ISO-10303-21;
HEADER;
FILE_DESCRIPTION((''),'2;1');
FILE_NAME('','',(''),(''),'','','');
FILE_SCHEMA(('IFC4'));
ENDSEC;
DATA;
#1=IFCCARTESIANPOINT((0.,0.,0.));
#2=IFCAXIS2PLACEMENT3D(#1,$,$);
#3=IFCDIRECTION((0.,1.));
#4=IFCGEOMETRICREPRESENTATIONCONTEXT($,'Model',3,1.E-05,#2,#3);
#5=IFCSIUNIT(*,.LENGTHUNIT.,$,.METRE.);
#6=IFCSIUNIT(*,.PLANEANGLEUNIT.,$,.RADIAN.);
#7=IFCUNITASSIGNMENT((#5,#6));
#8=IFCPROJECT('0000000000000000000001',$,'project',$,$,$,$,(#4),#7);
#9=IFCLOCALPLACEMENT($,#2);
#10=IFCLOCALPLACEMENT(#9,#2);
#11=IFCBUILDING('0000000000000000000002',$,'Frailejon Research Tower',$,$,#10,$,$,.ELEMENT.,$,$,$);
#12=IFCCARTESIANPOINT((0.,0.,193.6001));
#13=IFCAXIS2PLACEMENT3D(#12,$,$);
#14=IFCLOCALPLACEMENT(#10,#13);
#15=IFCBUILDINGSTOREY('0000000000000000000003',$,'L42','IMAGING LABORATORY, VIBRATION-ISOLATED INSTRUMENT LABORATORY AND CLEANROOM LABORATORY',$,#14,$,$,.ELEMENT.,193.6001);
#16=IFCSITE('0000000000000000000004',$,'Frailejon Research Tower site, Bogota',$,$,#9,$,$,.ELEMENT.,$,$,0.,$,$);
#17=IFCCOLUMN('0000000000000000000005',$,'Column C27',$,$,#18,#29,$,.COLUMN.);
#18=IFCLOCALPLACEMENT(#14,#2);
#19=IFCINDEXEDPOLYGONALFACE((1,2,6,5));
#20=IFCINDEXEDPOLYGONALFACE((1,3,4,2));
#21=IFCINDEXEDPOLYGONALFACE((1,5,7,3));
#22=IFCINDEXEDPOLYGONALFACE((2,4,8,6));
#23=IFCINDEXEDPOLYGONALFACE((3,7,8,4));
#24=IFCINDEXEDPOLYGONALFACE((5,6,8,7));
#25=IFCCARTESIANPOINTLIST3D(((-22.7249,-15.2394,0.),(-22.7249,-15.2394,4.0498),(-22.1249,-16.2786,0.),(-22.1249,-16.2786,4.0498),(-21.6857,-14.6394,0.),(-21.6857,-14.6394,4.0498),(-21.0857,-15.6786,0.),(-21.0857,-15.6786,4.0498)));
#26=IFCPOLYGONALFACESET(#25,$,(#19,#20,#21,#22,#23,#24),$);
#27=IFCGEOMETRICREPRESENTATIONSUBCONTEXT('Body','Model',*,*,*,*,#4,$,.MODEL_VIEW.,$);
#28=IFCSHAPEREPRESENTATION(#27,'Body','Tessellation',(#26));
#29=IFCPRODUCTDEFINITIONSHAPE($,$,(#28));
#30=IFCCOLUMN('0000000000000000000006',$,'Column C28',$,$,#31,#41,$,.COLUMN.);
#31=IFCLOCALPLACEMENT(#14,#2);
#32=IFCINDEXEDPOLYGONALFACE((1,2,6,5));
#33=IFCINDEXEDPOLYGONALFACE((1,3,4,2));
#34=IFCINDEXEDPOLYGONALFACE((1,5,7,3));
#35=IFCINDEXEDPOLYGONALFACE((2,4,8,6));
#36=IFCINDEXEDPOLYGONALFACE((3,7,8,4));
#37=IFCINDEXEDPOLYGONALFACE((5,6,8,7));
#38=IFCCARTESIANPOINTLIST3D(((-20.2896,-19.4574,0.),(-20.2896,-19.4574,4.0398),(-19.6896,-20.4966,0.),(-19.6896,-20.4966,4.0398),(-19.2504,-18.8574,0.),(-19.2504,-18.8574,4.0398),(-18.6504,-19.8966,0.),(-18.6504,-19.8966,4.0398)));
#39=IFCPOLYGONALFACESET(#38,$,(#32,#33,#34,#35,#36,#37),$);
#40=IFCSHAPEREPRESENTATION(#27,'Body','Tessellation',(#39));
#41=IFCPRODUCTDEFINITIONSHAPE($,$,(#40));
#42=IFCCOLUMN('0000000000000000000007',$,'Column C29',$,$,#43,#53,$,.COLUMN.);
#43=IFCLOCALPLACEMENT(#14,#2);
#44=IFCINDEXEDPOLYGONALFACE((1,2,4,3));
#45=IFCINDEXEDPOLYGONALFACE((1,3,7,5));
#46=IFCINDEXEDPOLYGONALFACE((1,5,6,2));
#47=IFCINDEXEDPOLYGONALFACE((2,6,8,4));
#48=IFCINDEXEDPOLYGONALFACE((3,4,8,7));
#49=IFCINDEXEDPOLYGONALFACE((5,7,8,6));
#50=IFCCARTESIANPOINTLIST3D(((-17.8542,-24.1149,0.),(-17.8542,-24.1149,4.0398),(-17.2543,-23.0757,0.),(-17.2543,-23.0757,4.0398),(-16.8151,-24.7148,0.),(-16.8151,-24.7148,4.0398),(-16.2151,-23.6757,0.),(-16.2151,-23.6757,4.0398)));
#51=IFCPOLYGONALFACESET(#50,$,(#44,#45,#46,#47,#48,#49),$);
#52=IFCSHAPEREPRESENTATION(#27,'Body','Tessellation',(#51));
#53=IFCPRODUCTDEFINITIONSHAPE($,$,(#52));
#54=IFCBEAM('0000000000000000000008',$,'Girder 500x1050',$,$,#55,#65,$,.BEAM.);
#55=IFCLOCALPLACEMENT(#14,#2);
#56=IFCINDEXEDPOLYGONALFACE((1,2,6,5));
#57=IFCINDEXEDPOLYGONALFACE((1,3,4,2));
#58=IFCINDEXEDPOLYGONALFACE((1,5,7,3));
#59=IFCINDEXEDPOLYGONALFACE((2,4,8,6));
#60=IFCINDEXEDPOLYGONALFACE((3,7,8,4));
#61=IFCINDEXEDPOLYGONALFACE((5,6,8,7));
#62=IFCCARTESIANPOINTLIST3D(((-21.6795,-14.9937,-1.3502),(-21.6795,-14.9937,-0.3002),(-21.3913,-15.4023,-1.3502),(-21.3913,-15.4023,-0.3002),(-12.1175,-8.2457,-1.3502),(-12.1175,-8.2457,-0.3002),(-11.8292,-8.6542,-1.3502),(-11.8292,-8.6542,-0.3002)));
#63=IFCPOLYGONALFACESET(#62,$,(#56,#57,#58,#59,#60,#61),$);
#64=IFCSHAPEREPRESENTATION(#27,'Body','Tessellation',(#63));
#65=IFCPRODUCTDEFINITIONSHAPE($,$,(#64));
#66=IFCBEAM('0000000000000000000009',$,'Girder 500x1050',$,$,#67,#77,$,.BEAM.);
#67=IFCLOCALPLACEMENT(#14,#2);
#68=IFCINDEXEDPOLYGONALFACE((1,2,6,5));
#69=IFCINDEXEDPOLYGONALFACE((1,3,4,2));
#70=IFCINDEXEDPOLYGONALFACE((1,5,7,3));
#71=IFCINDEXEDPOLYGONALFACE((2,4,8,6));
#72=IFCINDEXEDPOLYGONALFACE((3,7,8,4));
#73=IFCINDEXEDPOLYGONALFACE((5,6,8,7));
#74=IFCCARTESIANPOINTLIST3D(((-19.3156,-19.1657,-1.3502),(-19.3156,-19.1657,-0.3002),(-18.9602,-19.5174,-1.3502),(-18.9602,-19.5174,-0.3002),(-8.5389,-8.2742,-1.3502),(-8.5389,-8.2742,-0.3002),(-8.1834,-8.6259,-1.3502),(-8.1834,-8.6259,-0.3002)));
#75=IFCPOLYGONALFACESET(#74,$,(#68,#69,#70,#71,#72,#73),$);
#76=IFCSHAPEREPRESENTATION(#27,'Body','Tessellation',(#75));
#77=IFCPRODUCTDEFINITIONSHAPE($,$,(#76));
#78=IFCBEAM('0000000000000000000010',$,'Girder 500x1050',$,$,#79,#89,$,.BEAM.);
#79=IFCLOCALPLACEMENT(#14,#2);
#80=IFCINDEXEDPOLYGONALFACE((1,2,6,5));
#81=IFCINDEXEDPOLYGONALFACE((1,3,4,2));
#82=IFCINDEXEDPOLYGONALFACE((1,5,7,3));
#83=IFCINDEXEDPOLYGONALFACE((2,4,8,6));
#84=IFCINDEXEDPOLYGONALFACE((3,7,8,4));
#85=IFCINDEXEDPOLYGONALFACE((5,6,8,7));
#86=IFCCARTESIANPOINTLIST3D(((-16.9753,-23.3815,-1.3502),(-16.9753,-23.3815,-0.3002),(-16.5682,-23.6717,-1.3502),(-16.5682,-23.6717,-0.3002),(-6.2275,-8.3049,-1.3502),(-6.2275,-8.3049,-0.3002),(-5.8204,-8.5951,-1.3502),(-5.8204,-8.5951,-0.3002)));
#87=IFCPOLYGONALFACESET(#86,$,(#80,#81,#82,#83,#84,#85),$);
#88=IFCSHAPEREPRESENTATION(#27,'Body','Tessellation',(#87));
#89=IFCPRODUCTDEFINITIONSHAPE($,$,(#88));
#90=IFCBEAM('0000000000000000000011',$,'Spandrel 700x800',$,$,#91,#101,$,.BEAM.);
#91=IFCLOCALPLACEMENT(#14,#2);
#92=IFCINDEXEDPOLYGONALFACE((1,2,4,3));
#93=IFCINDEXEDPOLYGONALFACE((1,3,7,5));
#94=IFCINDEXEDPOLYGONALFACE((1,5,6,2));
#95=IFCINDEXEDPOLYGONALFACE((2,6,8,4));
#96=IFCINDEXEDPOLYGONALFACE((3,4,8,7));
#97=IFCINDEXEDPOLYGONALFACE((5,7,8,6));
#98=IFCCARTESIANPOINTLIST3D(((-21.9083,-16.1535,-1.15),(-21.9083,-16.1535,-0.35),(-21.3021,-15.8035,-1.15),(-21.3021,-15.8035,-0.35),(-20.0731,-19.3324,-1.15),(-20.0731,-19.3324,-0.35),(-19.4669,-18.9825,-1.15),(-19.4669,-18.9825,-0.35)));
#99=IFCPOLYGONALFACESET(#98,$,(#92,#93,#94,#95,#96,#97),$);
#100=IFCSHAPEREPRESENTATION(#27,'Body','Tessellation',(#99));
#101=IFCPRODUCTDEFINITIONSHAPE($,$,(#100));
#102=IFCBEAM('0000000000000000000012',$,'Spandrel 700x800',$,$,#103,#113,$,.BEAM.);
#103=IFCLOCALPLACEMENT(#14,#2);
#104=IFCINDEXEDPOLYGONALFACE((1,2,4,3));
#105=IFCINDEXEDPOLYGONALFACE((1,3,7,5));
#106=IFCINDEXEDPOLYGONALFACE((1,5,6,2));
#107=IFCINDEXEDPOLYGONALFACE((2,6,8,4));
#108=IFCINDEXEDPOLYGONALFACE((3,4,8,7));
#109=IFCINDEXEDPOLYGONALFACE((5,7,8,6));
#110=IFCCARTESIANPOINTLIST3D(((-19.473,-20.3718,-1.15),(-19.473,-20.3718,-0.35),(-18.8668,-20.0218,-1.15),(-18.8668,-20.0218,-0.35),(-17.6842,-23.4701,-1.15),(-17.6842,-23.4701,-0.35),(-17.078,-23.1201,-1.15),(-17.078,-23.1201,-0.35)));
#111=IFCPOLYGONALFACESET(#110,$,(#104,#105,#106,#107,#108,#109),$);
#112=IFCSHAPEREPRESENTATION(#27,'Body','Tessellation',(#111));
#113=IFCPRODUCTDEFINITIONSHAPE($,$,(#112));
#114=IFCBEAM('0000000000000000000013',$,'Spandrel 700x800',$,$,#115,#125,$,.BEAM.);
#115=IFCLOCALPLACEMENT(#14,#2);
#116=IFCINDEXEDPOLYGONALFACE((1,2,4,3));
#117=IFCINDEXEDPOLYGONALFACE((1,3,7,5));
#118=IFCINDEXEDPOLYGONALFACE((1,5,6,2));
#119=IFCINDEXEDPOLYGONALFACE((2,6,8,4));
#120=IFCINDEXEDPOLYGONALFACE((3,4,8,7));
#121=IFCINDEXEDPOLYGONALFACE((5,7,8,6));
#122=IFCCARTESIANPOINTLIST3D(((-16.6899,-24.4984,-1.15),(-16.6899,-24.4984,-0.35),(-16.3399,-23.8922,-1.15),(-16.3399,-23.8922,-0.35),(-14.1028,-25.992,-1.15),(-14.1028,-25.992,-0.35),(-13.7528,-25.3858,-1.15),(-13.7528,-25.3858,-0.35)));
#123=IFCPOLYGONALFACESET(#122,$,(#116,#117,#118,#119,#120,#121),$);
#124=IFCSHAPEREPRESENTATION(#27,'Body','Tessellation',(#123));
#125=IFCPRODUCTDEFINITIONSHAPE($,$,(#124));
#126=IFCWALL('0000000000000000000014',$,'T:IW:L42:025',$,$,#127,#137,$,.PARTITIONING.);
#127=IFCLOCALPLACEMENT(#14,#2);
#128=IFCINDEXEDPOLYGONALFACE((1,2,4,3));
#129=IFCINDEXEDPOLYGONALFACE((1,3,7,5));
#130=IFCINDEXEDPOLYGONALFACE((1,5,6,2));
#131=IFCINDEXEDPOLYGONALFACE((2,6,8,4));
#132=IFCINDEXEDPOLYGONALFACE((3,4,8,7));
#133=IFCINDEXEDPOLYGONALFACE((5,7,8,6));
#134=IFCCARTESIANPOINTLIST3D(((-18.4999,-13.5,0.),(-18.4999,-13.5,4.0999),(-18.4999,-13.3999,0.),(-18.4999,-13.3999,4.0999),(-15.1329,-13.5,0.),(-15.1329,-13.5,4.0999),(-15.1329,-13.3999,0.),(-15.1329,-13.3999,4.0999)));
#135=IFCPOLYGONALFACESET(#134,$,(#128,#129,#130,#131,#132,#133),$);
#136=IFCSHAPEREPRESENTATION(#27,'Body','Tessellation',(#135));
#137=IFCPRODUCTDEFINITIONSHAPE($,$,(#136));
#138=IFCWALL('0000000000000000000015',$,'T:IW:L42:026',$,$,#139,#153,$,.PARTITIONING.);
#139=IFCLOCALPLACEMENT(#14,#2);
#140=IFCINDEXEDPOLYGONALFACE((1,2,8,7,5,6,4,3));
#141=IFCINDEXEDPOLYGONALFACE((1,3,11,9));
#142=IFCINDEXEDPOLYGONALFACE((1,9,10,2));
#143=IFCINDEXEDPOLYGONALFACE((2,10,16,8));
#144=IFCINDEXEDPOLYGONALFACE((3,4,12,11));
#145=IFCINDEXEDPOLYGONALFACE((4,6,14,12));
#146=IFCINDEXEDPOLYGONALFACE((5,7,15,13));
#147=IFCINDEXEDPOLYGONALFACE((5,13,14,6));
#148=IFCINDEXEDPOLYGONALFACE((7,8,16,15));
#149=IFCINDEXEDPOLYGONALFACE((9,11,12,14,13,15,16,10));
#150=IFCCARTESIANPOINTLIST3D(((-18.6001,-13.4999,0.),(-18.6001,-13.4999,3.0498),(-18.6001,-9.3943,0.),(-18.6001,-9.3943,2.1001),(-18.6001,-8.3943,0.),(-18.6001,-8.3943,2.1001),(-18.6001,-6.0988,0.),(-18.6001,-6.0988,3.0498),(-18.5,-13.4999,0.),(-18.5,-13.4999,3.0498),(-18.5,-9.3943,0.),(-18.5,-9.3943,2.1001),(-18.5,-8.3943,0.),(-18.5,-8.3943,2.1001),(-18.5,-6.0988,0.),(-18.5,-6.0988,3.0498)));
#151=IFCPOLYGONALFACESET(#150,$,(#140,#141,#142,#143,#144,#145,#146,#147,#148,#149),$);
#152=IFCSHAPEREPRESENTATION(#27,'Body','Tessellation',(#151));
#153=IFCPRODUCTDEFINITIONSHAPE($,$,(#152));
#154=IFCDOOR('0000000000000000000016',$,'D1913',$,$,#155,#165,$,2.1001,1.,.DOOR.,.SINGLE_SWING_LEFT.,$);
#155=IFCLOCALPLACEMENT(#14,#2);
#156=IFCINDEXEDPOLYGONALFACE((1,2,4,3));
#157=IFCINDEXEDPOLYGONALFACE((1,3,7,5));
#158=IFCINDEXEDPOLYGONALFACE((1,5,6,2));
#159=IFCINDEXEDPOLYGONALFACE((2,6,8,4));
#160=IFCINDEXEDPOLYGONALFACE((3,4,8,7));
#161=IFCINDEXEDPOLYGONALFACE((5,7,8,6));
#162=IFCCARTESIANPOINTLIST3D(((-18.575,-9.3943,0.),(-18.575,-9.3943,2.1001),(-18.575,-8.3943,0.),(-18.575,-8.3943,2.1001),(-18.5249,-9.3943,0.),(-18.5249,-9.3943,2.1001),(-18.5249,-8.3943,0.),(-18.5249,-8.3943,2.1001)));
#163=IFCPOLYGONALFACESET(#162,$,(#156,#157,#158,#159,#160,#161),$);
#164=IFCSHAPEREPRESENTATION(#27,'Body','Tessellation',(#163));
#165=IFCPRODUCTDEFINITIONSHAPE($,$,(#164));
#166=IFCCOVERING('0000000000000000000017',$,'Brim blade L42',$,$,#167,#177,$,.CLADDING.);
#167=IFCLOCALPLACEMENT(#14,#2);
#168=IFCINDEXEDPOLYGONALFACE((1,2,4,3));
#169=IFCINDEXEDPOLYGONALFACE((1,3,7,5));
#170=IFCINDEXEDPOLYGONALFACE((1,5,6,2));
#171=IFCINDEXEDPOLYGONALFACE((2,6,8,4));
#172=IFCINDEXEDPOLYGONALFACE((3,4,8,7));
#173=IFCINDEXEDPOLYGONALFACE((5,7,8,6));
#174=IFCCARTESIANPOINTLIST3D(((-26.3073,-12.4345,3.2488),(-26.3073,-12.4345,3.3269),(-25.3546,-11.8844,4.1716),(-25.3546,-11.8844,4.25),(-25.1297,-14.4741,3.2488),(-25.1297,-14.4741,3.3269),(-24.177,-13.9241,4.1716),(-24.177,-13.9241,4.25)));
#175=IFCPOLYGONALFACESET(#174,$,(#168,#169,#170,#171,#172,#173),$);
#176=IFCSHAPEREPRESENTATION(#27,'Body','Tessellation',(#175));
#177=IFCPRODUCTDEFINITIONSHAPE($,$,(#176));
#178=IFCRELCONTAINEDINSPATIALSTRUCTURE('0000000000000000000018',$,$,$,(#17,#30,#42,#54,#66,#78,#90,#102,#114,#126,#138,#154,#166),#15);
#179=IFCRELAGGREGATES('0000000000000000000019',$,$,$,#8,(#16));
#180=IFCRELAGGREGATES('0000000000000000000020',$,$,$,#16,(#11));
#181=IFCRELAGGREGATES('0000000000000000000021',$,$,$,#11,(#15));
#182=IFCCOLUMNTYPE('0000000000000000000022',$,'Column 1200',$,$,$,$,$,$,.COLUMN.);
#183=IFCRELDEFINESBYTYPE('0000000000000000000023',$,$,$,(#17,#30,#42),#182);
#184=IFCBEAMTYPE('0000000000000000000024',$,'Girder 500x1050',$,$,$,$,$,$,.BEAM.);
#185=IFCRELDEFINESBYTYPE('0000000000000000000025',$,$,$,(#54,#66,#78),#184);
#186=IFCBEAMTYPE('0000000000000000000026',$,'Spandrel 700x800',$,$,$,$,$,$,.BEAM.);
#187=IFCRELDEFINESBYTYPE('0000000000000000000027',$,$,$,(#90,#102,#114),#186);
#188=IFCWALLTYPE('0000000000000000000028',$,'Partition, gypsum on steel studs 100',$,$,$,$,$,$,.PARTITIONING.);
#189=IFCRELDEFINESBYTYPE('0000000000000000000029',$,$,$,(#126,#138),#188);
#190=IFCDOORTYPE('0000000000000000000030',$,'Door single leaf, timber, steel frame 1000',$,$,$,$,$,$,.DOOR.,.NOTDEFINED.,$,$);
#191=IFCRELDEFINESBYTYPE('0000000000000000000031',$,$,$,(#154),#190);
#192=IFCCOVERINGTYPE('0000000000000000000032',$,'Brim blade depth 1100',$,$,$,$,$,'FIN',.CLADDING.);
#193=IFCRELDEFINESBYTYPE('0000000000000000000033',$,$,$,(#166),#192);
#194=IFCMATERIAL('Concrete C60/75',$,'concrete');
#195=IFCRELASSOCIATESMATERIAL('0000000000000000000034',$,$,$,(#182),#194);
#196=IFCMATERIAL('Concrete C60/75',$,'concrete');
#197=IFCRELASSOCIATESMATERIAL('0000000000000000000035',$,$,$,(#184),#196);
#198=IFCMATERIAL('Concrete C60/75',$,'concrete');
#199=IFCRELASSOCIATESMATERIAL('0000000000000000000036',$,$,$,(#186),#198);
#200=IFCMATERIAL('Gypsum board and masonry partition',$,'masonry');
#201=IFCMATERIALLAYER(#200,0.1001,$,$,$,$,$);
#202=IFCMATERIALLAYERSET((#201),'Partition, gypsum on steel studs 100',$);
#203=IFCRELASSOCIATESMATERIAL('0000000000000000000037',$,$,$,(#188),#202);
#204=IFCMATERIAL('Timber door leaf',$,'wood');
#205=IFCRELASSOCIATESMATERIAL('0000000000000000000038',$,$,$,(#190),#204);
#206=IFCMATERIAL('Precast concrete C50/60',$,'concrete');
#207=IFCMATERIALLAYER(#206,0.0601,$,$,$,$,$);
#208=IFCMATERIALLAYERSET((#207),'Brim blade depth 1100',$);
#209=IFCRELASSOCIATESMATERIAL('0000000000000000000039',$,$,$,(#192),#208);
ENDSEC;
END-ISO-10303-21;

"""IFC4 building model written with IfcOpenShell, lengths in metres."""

from ifc_helpers import new_model, si_unit, direction, frame, frame_2d, origin, origin_2d, place, context, subcontext, project, spatial, polyline, rectangle, outline, extrude, material, layer, layer_set, material_profile, profile_set, type_object, element, fill, save


model = new_model("IFC4")

# Units and contexts
model_context = context("Model", 3, precision=1e-05, world=origin(), true_north=direction((0.0, 1.0)))
body_context = subcontext(model_context, "Body", "Model", "MODEL_VIEW")
ifc_project = project(units=[si_unit("LENGTHUNIT", "METRE"), si_unit("PLANEANGLEUNIT", "RADIAN")], contexts=[model_context])

# Site, building, storey
site_placement = place(None, origin())
site = spatial("IfcSite", under=ifc_project, at=site_placement, Name="Frailejon Research Tower site, Bogota", CompositionType="ELEMENT", RefElevation=0.0)
building_placement = place(site_placement, origin())
building = spatial("IfcBuilding", under=site, at=building_placement, Name="Frailejon Research Tower", CompositionType="ELEMENT")
storey_placement = place(building_placement, frame((0.0, 0.0, 193.6001)))
storey = spatial("IfcBuildingStorey", under=building, at=storey_placement, Name="L42", Description="IMAGING LABORATORY, VIBRATION-ISOLATED INSTRUMENT LABORATORY AND CLEANROOM LABORATORY", CompositionType="ELEMENT", Elevation=193.6001)

# Columns
ifc_material_1 = material(Name="Concrete C60/75", Category="concrete")
ifc_material_profile_1 = material_profile(ifc_material_1, rectangle(XDim=1.2, YDim=1.2, at=origin_2d()), Name="Column 1200")
ifc_profile_set_1 = profile_set([ifc_material_profile_1], Name="Concrete C60/75")
column_type = type_object("IfcColumnType", Name="Column 1200", PredefinedType="COLUMN", material=ifc_profile_set_1)
column_placement = place(storey_placement, frame((-21.9053, -15.459, 0.0), z_axis=(0.0, 0.0, 1.0), x_axis=(0.5, -0.866025, 0.0)))
element("IfcColumn", 1, at=column_placement, inside=storey, type_object=column_type, Name="Column C27", PredefinedType="COLUMN", context=body_context, shape_type="SweptSolid", body=[
    extrude(rectangle(XDim=1.2, YDim=1.2, at=origin_2d()), origin(), (0.0, 0.0, 1.0), 4.0498),
])
for number, where, z_axis, x_axis, name in (
    (2, (-19.47, -19.677, 0.0), (0.0, 0.0, 1.0), (0.5, -0.866025, 0.0), "Column C28"),
    (3, (-17.0347, -23.8953, 0.0), (0.0, 0.0, 1.0), (0.866025, -0.5, 0.0), "Column C29"),
):
    element("IfcColumn", number, at=place(storey_placement, frame(where, z_axis=z_axis, x_axis=x_axis)), inside=storey, type_object=column_type, Name=name, PredefinedType="COLUMN", context=body_context, shape_type="SweptSolid", body=[
        extrude(rectangle(XDim=1.2, YDim=1.2, at=origin_2d()), origin(), (0.0, 0.0, 1.0), 4.0398),
    ])

# Beams
ifc_material_2 = material(Name="Concrete C60/75", Category="concrete")
ifc_material_profile_2 = material_profile(ifc_material_2, rectangle(XDim=0.5, YDim=1.05, at=origin_2d()), Name="Girder 500x1050")
ifc_profile_set_2 = profile_set([ifc_material_profile_2], Name="Concrete C60/75")
beam_type_1 = type_object("IfcBeamType", Name="Girder 500x1050", PredefinedType="BEAM", material=ifc_profile_set_2)
beam_1_placement = place(storey_placement, frame((-21.5354, -15.198, -0.8252), z_axis=(0.817033, 0.576591, 0.0), x_axis=(-0.576591, 0.817033, 0.0)))
element("IfcBeam", 4, at=beam_1_placement, inside=storey, type_object=beam_type_1, Name="Girder 500x1050", PredefinedType="BEAM", context=body_context, shape_type="SweptSolid", body=[
    extrude(rectangle(XDim=0.5, YDim=1.05, at=origin_2d()), origin(), (0.0, 0.0, 1.0), 11.7034),
])
beam_2_placement = place(storey_placement, frame((-19.1379, -19.3416, -0.8252), z_axis=(0.703352, 0.710841, 0.0), x_axis=(-0.710841, 0.703352, 0.0)))
element("IfcBeam", 5, at=beam_2_placement, inside=storey, type_object=beam_type_1, Name="Girder 500x1050", PredefinedType="BEAM", context=body_context, shape_type="SweptSolid", body=[
    extrude(rectangle(XDim=0.5, YDim=1.05, at=origin_2d()), origin(), (0.0, 0.0, 1.0), 15.322),
])
beam_3_placement = place(storey_placement, frame((-16.7717, -23.5266, -0.8252), z_axis=(0.580478, 0.814276, 0.0), x_axis=(-0.814276, 0.580478, 0.0)))
element("IfcBeam", 6, at=beam_3_placement, inside=storey, type_object=beam_type_1, Name="Girder 500x1050", PredefinedType="BEAM", context=body_context, shape_type="SweptSolid", body=[
    extrude(rectangle(XDim=0.5, YDim=1.05, at=origin_2d()), origin(), (0.0, 0.0, 1.0), 18.5154),
])
ifc_material_3 = material(Name="Concrete C60/75", Category="concrete")
ifc_material_profile_3 = material_profile(ifc_material_3, rectangle(XDim=0.7, YDim=0.8, at=origin_2d()), Name="Spandrel 700x800")
ifc_profile_set_3 = profile_set([ifc_material_profile_3], Name="Concrete C60/75")
beam_type_2 = type_object("IfcBeamType", Name="Spandrel 700x800", PredefinedType="BEAM", material=ifc_profile_set_3)
beam_4_placement = place(storey_placement, frame((-21.6052, -15.9785, -0.75), z_axis=(0.499966, -0.866045, 0.0), x_axis=(0.866045, 0.499966, 0.0)))
element("IfcBeam", 7, at=beam_4_placement, inside=storey, type_object=beam_type_2, Name="Spandrel 700x800", PredefinedType="BEAM", context=body_context, shape_type="SweptSolid", body=[
    extrude(rectangle(XDim=0.7, YDim=0.8, at=origin_2d()), origin(), (0.0, 0.0, 1.0), 3.6707),
])
beam_5_placement = place(storey_placement, frame((-19.1699, -20.1968, -0.75), z_axis=(0.499992, -0.86603, 0.0), x_axis=(0.86603, 0.499992, 0.0)))
element("IfcBeam", 8, at=beam_5_placement, inside=storey, type_object=beam_type_2, Name="Spandrel 700x800", PredefinedType="BEAM", context=body_context, shape_type="SweptSolid", body=[
    extrude(rectangle(XDim=0.7, YDim=0.8, at=origin_2d()), origin(), (0.0, 0.0, 1.0), 3.5776),
])
beam_6_placement = place(storey_placement, frame((-16.5149, -24.1953, -0.75), z_axis=(0.866032, -0.499989, 0.0), x_axis=(0.499989, 0.866032, 0.0)))
element("IfcBeam", 9, at=beam_6_placement, inside=storey, type_object=beam_type_2, Name="Spandrel 700x800", PredefinedType="BEAM", context=body_context, shape_type="SweptSolid", body=[
    extrude(rectangle(XDim=0.7, YDim=0.8, at=origin_2d()), origin(), (0.0, 0.0, 1.0), 2.9873),
])

# Wall
ifc_material_4 = material(Name="Gypsum board and masonry partition", Category="masonry")
ifc_layer_1 = layer(ifc_material_4, 0.1001)
ifc_layer_set_1 = layer_set([ifc_layer_1], Name="Partition, gypsum on steel studs 100")
wall_type = type_object("IfcWallType", Name="Partition, gypsum on steel studs 100", PredefinedType="PARTITIONING", material=ifc_layer_set_1)
wall_1_placement = place(storey_placement, frame((-18.5, -13.45, 0.0), z_axis=(0.0, 0.0, 1.0), x_axis=(1.0, 0.0, 0.0)))
element("IfcWall", 10, at=wall_1_placement, inside=storey, type_object=wall_type, Name="T:IW:L42:025", PredefinedType="PARTITIONING", context=body_context, shape_type="SweptSolid", body=[
    extrude(rectangle(XDim=3.3669, YDim=0.1001, at=frame_2d((1.6836, 0.0))), origin(), (0.0, 0.0, 1.0), 4.0999),
])

# Wall, opening, door
wall_2_placement = place(storey_placement, frame((-18.55, -13.5, 0.0), z_axis=(0.0, 0.0, 1.0), x_axis=(0.0, 1.0, 0.0)))
wall_2 = element("IfcWall", 11, at=wall_2_placement, inside=storey, type_object=wall_type, Name="T:IW:L42:026", PredefinedType="PARTITIONING", context=body_context, shape_type="SweptSolid", body=[
    extrude(rectangle(XDim=7.4011, YDim=0.1001, at=frame_2d((3.7007, 0.0))), origin(), (0.0, 0.0, 1.0), 3.0498),
])
opening_placement = place(wall_2_placement, frame((4.1057, 0.0, 0.0)))
opening = element("IfcOpeningElement", 12, at=opening_placement, cuts=wall_2, PredefinedType="OPENING", context=body_context, shape_type="SweptSolid", body=[
    extrude(rectangle(XDim=1.0, YDim=2.1001, at=frame_2d((0.5, 1.05))), frame((0.0, 0.0601, 0.0), z_axis=(0.0, -1.0, 0.0), x_axis=(1.0, 0.0, 0.0)), (0.0, 0.0, 1.0), 0.1201),
])
ifc_material_5 = material(Name="Timber door leaf", Category="wood")
door_type = type_object("IfcDoorType", Name="Door single leaf, timber, steel frame 1000", OperationType="NOTDEFINED", PredefinedType="DOOR", material=ifc_material_5)
door_placement = place(opening_placement, origin())
door = element("IfcDoor", 13, at=door_placement, inside=storey, type_object=door_type, Name="D1913", OperationType="SINGLE_SWING_LEFT", OverallHeight=2.1001, OverallWidth=1.0, PredefinedType="DOOR", context=body_context, shape_type="SweptSolid", body=[
    extrude(rectangle(XDim=1.0, YDim=2.1001, at=frame_2d((0.5, 1.05))), frame((0.0, 0.0249, 0.0), z_axis=(0.0, -1.0, 0.0), x_axis=(1.0, 0.0, 0.0)), (0.0, 0.0, 1.0), 0.05),
])
fill(opening, door)

# Covering
ifc_material_6 = material(Name="Precast concrete C50/60", Category="concrete")
ifc_layer_2 = layer(ifc_material_6, 0.0601)
ifc_layer_set_2 = layer_set([ifc_layer_2], Name="Brim blade depth 1100")
covering_type_1 = type_object("IfcCoveringType", Name="Brim blade depth 1100", ElementType="FIN", PredefinedType="CLADDING", material=ifc_layer_set_2)
for number, where, z_axis, x_axis, name in (
    (14, (-24.177, -13.9241, 4.25), (-0.500006, 0.866022, 0.0), (-0.866022, -0.500006, 0.0), "Brim blade L42"),
):
    element("IfcCovering", number, at=place(storey_placement, frame(where, z_axis=z_axis, x_axis=x_axis)), inside=storey, type_object=covering_type_1, Name=name, PredefinedType="CLADDING", context=body_context, shape_type="SweptSolid", body=[
        extrude(outline(polyline([(0.0, -0.0784), (1.1001, -1.0012), (1.1001, -0.9231), (0.0, 0.0), (0.0, -0.0784)])), origin(), (0.0, 0.0, 1.0), 2.3552),
    ])

save(model, "model.ifc")
